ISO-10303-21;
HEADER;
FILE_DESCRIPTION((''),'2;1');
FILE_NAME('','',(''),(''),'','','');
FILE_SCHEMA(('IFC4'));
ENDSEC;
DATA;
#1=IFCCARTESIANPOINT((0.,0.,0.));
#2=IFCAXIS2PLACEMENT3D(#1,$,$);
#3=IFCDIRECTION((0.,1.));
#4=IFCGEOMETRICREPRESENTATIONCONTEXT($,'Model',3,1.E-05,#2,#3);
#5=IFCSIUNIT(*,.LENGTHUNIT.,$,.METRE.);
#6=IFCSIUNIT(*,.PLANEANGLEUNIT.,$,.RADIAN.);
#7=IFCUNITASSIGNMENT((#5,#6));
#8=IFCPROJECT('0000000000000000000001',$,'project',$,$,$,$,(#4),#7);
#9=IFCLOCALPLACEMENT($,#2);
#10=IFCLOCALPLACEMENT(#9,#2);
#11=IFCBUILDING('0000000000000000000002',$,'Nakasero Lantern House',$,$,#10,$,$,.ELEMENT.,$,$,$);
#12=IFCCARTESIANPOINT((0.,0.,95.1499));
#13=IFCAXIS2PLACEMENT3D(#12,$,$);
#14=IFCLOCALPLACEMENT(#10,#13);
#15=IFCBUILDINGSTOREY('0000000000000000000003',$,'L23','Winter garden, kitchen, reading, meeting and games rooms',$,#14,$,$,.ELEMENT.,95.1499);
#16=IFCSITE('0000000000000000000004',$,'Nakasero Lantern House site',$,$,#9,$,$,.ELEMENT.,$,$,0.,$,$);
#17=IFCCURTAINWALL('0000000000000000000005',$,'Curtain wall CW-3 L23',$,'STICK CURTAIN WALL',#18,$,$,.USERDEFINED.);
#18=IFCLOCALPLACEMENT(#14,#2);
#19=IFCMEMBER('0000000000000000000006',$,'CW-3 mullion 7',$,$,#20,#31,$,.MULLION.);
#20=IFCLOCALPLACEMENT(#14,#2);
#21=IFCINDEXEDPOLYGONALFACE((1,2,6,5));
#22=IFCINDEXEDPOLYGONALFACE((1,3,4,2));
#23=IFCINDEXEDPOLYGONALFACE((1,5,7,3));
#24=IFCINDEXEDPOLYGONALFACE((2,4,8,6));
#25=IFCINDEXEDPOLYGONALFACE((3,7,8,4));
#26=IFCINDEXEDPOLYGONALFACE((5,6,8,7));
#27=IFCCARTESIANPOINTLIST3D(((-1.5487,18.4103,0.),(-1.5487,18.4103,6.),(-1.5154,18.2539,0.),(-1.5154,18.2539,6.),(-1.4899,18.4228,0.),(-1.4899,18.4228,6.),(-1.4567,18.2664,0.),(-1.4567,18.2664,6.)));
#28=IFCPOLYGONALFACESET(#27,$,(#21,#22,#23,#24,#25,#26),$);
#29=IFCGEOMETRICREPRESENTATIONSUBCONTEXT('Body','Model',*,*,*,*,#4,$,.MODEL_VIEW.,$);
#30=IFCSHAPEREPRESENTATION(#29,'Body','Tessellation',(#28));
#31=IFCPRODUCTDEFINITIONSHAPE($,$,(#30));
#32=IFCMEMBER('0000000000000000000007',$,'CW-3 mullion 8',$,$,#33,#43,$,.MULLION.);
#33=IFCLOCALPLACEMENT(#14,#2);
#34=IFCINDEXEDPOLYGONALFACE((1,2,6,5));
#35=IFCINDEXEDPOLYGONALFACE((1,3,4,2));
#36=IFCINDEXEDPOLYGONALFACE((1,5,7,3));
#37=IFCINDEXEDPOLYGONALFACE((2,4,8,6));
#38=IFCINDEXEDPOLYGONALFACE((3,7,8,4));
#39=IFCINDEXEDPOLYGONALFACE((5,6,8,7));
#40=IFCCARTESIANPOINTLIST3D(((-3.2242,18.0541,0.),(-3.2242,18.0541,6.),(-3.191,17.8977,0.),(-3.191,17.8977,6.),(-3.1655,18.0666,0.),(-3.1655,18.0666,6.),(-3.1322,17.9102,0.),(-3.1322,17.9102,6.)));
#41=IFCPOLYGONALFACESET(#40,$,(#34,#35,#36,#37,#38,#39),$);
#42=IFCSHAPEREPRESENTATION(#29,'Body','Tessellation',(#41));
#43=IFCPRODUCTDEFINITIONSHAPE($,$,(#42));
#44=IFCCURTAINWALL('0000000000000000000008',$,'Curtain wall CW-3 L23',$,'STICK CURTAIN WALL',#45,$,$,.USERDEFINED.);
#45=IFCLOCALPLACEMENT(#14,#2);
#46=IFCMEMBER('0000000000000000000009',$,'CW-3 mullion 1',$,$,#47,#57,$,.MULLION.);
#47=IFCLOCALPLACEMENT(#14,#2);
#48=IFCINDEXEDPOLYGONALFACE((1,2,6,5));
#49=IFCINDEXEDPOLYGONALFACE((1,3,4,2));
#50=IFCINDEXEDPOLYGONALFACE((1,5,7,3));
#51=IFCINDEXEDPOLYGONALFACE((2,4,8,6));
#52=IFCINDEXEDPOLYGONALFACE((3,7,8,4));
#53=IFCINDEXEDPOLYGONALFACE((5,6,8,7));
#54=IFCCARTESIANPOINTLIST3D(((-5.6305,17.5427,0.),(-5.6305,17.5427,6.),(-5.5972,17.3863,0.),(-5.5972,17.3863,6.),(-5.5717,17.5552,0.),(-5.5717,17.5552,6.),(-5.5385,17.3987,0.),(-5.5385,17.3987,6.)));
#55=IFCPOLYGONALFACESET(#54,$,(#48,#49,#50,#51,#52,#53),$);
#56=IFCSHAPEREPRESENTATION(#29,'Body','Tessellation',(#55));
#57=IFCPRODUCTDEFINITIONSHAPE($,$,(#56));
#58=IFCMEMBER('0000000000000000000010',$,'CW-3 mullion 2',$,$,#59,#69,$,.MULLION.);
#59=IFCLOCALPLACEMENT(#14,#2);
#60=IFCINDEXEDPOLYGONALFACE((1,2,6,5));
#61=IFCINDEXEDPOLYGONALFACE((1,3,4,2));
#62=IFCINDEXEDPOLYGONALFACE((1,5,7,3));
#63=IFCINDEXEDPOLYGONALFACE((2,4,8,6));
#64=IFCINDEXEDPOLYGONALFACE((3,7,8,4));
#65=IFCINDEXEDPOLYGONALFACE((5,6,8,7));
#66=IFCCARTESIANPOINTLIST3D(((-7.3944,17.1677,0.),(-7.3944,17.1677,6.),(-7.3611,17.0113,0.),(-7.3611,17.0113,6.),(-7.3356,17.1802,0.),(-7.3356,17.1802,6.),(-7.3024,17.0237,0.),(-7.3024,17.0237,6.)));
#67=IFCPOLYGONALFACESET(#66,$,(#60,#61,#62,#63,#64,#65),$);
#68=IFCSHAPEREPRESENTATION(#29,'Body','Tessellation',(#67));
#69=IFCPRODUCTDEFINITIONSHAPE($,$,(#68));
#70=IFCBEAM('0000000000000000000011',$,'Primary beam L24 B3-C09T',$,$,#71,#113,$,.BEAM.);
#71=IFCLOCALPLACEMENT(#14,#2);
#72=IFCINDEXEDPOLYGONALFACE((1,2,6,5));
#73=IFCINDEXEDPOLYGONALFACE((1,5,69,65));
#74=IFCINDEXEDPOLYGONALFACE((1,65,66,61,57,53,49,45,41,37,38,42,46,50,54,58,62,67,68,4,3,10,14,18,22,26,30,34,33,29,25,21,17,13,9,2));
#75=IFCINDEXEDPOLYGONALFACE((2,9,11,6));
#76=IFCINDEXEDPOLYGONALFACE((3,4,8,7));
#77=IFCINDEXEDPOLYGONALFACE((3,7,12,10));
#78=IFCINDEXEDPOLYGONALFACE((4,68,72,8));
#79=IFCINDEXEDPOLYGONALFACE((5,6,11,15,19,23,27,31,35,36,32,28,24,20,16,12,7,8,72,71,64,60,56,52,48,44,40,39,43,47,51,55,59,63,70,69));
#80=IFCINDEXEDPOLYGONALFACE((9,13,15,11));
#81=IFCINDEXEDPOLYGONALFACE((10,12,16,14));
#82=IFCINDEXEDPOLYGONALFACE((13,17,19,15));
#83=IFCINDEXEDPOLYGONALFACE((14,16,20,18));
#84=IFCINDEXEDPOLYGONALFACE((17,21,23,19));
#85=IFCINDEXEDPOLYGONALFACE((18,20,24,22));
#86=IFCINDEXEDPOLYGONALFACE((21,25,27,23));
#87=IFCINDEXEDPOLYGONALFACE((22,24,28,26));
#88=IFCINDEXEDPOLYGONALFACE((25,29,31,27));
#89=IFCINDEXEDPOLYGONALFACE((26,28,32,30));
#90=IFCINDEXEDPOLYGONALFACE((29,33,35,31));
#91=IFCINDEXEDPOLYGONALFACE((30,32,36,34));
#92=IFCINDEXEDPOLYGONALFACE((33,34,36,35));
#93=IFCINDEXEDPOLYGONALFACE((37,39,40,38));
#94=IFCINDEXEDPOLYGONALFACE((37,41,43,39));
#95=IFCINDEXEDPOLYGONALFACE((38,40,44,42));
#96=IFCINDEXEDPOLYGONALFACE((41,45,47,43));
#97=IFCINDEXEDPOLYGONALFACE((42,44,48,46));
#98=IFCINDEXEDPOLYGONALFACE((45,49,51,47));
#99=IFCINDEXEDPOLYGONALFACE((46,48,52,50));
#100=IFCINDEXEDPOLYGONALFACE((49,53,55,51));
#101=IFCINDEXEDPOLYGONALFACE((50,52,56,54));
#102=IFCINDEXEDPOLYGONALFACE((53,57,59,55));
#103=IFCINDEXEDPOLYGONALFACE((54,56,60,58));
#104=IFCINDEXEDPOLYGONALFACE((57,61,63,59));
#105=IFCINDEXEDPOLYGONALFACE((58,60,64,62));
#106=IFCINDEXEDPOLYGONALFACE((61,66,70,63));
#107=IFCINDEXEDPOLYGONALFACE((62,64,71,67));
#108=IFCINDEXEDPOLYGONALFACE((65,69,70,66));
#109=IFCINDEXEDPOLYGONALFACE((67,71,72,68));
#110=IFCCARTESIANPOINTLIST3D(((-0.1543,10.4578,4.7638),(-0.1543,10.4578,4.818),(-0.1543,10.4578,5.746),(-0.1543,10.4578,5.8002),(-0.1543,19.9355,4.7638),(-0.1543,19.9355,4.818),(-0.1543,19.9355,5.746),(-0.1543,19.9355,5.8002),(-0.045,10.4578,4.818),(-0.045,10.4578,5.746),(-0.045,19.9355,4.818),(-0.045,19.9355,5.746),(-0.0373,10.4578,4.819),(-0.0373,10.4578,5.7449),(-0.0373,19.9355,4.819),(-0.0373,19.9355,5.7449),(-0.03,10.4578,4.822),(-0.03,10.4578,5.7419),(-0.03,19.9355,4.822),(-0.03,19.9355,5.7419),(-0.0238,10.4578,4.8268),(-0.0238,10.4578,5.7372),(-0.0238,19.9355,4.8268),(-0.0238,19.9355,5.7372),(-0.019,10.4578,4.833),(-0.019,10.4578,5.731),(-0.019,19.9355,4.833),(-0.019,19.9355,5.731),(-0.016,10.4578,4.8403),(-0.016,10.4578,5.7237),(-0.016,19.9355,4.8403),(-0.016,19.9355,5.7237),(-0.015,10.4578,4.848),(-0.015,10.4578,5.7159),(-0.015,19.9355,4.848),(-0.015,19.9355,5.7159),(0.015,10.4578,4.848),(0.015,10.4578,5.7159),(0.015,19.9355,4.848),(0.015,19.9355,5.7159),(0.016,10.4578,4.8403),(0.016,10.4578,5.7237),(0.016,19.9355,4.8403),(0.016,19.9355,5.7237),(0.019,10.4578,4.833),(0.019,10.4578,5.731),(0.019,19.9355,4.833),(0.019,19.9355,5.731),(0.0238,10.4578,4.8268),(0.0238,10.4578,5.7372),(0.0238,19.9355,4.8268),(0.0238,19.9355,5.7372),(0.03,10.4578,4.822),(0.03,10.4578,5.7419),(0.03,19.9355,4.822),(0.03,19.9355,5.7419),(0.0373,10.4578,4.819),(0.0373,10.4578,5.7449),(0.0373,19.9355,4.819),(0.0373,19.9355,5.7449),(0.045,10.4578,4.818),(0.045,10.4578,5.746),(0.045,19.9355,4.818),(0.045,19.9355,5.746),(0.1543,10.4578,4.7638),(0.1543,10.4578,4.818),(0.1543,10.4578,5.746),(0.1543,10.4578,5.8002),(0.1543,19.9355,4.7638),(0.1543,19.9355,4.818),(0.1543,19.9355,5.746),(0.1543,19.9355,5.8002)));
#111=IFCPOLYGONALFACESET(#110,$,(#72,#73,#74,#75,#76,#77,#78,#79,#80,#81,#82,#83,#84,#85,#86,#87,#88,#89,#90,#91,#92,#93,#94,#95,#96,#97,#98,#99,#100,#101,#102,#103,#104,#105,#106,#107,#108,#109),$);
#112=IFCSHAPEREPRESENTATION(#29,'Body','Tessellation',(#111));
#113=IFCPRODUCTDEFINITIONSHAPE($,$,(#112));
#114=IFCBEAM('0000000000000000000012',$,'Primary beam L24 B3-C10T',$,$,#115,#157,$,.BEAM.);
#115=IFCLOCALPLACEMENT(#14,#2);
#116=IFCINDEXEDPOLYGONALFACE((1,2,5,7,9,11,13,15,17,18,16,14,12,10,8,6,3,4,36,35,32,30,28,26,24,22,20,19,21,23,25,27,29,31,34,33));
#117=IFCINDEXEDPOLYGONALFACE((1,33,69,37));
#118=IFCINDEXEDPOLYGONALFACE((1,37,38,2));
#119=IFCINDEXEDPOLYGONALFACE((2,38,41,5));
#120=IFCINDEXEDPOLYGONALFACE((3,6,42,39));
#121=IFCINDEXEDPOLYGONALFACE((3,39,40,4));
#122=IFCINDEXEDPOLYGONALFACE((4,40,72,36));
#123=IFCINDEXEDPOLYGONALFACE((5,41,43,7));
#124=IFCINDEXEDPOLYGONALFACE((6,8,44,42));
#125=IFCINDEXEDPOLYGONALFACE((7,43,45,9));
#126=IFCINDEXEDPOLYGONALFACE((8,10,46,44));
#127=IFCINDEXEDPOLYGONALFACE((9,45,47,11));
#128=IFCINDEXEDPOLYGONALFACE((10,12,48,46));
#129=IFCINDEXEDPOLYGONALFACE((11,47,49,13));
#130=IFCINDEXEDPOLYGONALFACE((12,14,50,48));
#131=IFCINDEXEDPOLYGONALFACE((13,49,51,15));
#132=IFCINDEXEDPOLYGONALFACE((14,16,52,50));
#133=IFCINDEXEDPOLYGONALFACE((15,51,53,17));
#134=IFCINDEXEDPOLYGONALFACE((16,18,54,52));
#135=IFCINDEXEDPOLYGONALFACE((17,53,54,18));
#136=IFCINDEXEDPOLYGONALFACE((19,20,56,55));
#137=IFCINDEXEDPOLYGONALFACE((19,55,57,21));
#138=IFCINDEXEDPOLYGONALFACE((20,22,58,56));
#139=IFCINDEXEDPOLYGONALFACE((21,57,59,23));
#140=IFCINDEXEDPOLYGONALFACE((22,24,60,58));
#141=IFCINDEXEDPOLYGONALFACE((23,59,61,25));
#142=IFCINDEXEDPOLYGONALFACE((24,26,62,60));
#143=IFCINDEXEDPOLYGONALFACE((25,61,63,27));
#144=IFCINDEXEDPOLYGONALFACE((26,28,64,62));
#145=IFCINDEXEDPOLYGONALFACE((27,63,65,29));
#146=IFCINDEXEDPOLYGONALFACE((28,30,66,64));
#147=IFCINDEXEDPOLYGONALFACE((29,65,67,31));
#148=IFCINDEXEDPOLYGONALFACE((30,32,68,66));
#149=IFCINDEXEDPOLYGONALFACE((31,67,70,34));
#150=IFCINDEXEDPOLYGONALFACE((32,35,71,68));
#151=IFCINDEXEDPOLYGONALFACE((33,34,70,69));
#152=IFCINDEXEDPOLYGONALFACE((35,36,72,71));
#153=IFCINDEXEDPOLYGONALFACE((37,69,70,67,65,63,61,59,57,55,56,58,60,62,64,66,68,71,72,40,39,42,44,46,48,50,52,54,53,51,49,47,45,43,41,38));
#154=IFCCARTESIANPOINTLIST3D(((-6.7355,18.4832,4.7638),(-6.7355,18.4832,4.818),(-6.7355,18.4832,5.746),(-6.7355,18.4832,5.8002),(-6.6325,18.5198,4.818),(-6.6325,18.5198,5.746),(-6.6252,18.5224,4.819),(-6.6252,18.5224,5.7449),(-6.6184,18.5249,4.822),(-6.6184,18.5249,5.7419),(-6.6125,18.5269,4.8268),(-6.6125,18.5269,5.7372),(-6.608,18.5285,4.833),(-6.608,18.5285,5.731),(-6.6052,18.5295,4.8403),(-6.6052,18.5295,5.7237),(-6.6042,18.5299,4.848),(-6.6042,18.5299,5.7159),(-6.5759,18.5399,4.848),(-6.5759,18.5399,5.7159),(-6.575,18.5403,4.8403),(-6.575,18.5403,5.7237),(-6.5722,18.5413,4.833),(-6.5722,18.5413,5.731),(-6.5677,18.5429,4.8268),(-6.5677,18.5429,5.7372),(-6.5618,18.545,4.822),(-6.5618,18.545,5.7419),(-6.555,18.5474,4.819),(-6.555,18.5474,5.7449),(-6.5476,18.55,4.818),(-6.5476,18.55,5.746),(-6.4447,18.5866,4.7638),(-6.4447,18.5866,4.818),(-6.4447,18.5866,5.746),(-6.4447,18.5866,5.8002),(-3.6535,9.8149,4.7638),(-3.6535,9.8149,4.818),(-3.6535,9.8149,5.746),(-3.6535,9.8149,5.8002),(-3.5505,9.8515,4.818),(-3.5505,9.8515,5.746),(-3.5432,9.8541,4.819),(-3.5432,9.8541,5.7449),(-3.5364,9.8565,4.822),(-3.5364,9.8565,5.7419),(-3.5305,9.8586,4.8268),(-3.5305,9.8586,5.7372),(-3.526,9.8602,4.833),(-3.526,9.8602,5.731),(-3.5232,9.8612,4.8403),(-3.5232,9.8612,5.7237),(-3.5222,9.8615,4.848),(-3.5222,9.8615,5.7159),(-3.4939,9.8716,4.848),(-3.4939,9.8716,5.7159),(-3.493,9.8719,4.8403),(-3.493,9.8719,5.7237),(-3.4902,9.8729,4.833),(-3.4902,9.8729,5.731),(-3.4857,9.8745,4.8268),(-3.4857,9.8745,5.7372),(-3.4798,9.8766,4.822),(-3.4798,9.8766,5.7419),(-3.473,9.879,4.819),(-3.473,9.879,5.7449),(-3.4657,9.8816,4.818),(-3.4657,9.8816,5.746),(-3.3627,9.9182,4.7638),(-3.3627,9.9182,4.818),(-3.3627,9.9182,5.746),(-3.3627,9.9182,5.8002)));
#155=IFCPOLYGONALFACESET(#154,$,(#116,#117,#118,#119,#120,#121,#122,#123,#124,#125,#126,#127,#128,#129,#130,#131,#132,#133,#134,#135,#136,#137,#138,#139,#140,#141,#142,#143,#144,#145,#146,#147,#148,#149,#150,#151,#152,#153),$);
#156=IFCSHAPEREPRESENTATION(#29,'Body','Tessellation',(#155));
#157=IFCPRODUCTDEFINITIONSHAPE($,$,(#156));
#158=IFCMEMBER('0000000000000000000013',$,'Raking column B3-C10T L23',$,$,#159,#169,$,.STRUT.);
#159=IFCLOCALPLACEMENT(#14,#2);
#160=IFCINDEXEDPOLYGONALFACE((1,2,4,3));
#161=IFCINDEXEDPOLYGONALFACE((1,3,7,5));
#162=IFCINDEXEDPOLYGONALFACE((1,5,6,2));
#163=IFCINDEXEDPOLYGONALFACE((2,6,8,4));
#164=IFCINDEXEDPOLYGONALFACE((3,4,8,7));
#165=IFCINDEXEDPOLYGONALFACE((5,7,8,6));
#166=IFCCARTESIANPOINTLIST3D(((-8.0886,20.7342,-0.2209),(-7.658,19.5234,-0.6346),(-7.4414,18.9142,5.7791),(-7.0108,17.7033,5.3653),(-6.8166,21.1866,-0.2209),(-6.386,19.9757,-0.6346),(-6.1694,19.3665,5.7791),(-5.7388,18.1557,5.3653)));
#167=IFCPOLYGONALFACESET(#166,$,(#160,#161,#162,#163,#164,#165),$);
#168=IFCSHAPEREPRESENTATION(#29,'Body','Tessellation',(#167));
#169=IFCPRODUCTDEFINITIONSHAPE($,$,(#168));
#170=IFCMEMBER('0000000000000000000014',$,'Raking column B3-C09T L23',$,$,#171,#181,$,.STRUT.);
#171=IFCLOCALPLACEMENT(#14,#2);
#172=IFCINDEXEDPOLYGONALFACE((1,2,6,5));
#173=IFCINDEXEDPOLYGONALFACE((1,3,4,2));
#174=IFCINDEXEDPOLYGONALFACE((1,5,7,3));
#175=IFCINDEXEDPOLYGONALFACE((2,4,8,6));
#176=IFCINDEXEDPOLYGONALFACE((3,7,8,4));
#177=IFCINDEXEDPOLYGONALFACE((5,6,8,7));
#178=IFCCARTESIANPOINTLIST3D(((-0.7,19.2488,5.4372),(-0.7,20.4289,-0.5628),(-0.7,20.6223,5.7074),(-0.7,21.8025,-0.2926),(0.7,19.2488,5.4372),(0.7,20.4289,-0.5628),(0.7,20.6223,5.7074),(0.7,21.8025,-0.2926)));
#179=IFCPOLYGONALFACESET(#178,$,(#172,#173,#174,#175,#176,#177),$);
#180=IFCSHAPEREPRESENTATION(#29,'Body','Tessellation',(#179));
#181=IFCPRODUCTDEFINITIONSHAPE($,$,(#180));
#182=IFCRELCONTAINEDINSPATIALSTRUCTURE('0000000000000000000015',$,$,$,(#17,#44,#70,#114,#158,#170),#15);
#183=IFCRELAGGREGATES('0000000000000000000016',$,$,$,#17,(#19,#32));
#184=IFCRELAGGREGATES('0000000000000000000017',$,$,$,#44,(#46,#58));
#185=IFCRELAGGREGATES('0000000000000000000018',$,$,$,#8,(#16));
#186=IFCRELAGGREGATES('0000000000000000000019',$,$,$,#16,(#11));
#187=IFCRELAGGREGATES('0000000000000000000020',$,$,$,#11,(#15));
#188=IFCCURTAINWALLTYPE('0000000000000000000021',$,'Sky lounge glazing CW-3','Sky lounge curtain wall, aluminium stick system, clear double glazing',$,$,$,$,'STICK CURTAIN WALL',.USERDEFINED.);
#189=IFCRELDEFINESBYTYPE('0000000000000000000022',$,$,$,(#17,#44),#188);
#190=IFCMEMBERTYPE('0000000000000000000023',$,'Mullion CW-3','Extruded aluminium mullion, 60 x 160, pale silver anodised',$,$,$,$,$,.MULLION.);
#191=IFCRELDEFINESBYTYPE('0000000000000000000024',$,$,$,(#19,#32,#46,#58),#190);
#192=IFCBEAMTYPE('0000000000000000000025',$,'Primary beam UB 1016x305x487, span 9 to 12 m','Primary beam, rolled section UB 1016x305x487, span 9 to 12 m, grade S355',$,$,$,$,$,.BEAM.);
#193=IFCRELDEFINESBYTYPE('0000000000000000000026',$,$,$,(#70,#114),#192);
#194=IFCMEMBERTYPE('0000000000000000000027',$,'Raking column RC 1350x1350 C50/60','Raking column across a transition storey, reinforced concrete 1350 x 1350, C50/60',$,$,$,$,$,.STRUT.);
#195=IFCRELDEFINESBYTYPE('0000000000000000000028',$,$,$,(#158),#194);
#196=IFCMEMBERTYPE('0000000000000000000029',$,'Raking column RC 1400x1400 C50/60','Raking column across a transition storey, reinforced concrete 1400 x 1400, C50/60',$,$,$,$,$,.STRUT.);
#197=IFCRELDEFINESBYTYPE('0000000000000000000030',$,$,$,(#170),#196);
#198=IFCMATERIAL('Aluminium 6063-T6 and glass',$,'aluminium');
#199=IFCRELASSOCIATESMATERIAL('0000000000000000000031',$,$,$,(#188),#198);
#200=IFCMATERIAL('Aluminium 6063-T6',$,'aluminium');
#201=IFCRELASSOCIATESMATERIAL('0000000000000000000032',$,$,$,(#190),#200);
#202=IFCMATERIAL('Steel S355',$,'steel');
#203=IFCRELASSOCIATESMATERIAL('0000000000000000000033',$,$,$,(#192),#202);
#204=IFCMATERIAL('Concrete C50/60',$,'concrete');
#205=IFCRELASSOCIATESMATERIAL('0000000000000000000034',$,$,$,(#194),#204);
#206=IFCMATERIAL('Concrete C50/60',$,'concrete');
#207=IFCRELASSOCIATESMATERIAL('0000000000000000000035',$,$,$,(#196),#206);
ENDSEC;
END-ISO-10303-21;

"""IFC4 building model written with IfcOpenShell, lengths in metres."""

from ifc_helpers import new_model, si_unit, direction, frame, origin, origin_2d, place, context, subcontext, project, spatial, rectangle, i_section, extrude, material, material_profile, profile_set, type_object, element, aggregate, save


model = new_model("IFC4")

# Units and contexts
model_context = context("Model", 3, precision=1e-05, world=origin(), true_north=direction((0.0, 1.0)))
body_context = subcontext(model_context, "Body", "Model", "MODEL_VIEW")
ifc_project = project(units=[si_unit("LENGTHUNIT", "METRE"), si_unit("PLANEANGLEUNIT", "RADIAN")], contexts=[model_context])

# Site, building, storey
site_placement = place(None, origin())
site = spatial("IfcSite", under=ifc_project, at=site_placement, Name="Nakasero Lantern House site", CompositionType="ELEMENT", RefElevation=0.0)
building_placement = place(site_placement, origin())
building = spatial("IfcBuilding", under=site, at=building_placement, Name="Nakasero Lantern House", CompositionType="ELEMENT")
storey_placement = place(building_placement, frame((0.0, 0.0, 95.1499)))
storey = spatial("IfcBuildingStorey", under=building, at=storey_placement, Name="L23", Description="Winter garden, kitchen, reading, meeting and games rooms", CompositionType="ELEMENT", Elevation=95.1499)

# Curtain walls, members
ifc_material_1 = material(Name="Aluminium 6063-T6 and glass", Category="aluminium")
curtain_wall_type = type_object("IfcCurtainWallType", Name="Sky lounge glazing CW-3", Description="Sky lounge curtain wall, aluminium stick system, clear double glazing", ElementType="STICK CURTAIN WALL", PredefinedType="USERDEFINED", material=ifc_material_1)
curtain_wall_1_placement = place(storey_placement, origin())
curtain_wall_1 = element("IfcCurtainWall", 1, at=curtain_wall_1_placement, inside=storey, type_object=curtain_wall_type, Name="Curtain wall CW-3 L23", ObjectType="STICK CURTAIN WALL", PredefinedType="USERDEFINED")
ifc_material_2 = material(Name="Aluminium 6063-T6", Category="aluminium")
ifc_material_profile_1 = material_profile(ifc_material_2, rectangle(XDim=0.0601, YDim=0.1599, at=origin_2d()), Name="CW-3 mullion 60x160")
ifc_profile_set_1 = profile_set([ifc_material_profile_1], Name="Aluminium 6063-T6")
member_type_1 = type_object("IfcMemberType", Name="Mullion CW-3", Description="Extruded aluminium mullion, 60 x 160, pale silver anodised", PredefinedType="MULLION", material=ifc_profile_set_1)
member_1_placement = place(storey_placement, frame((-1.5027, 18.3384, 0.0), z_axis=(0.0, 0.0, 1.0), x_axis=(-0.978148, -0.207912, 0.0)))
member_1 = element("IfcMember", 2, at=member_1_placement, type_object=member_type_1, Name="CW-3 mullion 7", PredefinedType="MULLION", context=body_context, shape_type="SweptSolid", body=[
    extrude(rectangle(XDim=0.0601, YDim=0.1599, at=origin_2d()), origin(), (0.0, 0.0, 1.0), 6.0),
])
member_2_placement = place(storey_placement, frame((-3.1782, 17.9822, 0.0), z_axis=(0.0, 0.0, 1.0), x_axis=(-0.978148, -0.207912, 0.0)))
member_2 = element("IfcMember", 3, at=member_2_placement, type_object=member_type_1, Name="CW-3 mullion 8", PredefinedType="MULLION", context=body_context, shape_type="SweptSolid", body=[
    extrude(rectangle(XDim=0.0601, YDim=0.1599, at=origin_2d()), origin(), (0.0, 0.0, 1.0), 6.0),
])
curtain_wall_2_placement = place(storey_placement, origin())
curtain_wall_2 = element("IfcCurtainWall", 4, at=curtain_wall_2_placement, inside=storey, type_object=curtain_wall_type, Name="Curtain wall CW-3 L23", ObjectType="STICK CURTAIN WALL", PredefinedType="USERDEFINED")
member_3_placement = place(storey_placement, frame((-5.5845, 17.4707, 0.0), z_axis=(0.0, 0.0, 1.0), x_axis=(-0.978148, -0.207912, 0.0)))
member_3 = element("IfcMember", 5, at=member_3_placement, type_object=member_type_1, Name="CW-3 mullion 1", PredefinedType="MULLION", context=body_context, shape_type="SweptSolid", body=[
    extrude(rectangle(XDim=0.0601, YDim=0.1599, at=origin_2d()), origin(), (0.0, 0.0, 1.0), 6.0),
])
member_4_placement = place(storey_placement, frame((-7.3484, 17.0957, 0.0), z_axis=(0.0, 0.0, 1.0), x_axis=(-0.978148, -0.207912, 0.0)))
member_4 = element("IfcMember", 6, at=member_4_placement, type_object=member_type_1, Name="CW-3 mullion 2", PredefinedType="MULLION", context=body_context, shape_type="SweptSolid", body=[
    extrude(rectangle(XDim=0.0601, YDim=0.1599, at=origin_2d()), origin(), (0.0, 0.0, 1.0), 6.0),
])

# Beams
ifc_material_3 = material(Name="Steel S355", Category="steel")
ifc_material_profile_2 = material_profile(ifc_material_3, i_section(OverallWidth=0.3086, OverallDepth=1.0364, WebThickness=0.03, FlangeThickness=0.0542, FilletRadius=0.03, at=origin_2d()), Name="UB 1016x305x487")
ifc_profile_set_2 = profile_set([ifc_material_profile_2], Name="Steel S355")
beam_type = type_object("IfcBeamType", Name="Primary beam UB 1016x305x487, span 9 to 12 m", Description="Primary beam, rolled section UB 1016x305x487, span 9 to 12 m, grade S355", PredefinedType="BEAM", material=ifc_profile_set_2)
beam_1_placement = place(storey_placement, frame((0.0, 19.9355, 5.282), z_axis=(0.0, -1.0, 0.0), x_axis=(1.0, 0.0, 0.0)))
element("IfcBeam", 7, at=beam_1_placement, inside=storey, type_object=beam_type, Name="Primary beam L24 B3-C09T", PredefinedType="BEAM", context=body_context, shape_type="SweptSolid", body=[
    extrude(i_section(OverallWidth=0.3086, OverallDepth=1.0364, WebThickness=0.03, FlangeThickness=0.0542, FilletRadius=0.03, at=origin_2d()), origin(), (0.0, 0.0, 1.0), 9.4778),
])
beam_2_placement = place(storey_placement, frame((-6.5901, 18.5349, 5.282), z_axis=(0.335001, -0.942218, 0.0), x_axis=(0.942218, 0.335001, 0.0)))
element("IfcBeam", 8, at=beam_2_placement, inside=storey, type_object=beam_type, Name="Primary beam L24 B3-C10T", PredefinedType="BEAM", context=body_context, shape_type="SweptSolid", body=[
    extrude(i_section(OverallWidth=0.3086, OverallDepth=1.0364, WebThickness=0.03, FlangeThickness=0.0542, FilletRadius=0.03, at=origin_2d()), origin(), (0.0, 0.0, 1.0), 9.2),
])

# Members
ifc_material_4 = material(Name="Concrete C50/60", Category="concrete")
ifc_material_profile_3 = material_profile(ifc_material_4, rectangle(XDim=1.3501, YDim=1.3501, at=origin_2d()), Name="RC 1350x1350")
ifc_profile_set_3 = profile_set([ifc_material_profile_3], Name="Concrete C50/60")
member_type_2 = type_object("IfcMemberType", Name="Raking column RC 1350x1350 C50/60", Description="Raking column across a transition storey, reinforced concrete 1350 x 1350, C50/60", PredefinedType="STRUT", material=ifc_profile_set_3)
member_5_placement = place(storey_placement, frame((-7.2373, 20.355, -0.4277), z_axis=(0.102679, -0.288749, 0.951883), x_axis=(0.942201, 0.335047, 0.0)))
element("IfcMember", 9, at=member_5_placement, inside=storey, type_object=member_type_2, Name="Raking column B3-C10T L23", PredefinedType="STRUT", context=body_context, shape_type="SweptSolid", body=[
    extrude(rectangle(XDim=1.3501, YDim=1.3501, at=origin_2d()), origin(), (0.0, 0.0, 1.0), 6.3032),
])
ifc_material_5 = material(Name="Concrete C50/60", Category="concrete")
ifc_material_profile_4 = material_profile(ifc_material_5, rectangle(XDim=1.3999, YDim=1.3999, at=origin_2d()), Name="RC 1400x1400")
ifc_profile_set_4 = profile_set([ifc_material_profile_4], Name="Concrete C50/60")
member_type_3 = type_object("IfcMemberType", Name="Raking column RC 1400x1400 C50/60", Description="Raking column across a transition storey, reinforced concrete 1400 x 1400, C50/60", PredefinedType="STRUT", material=ifc_profile_set_4)
member_6_placement = place(storey_placement, frame((0.0, 21.1157, -0.4277), z_axis=(0.0, -0.192998, 0.981199), x_axis=(1.0, 0.0, 0.0)))
element("IfcMember", 10, at=member_6_placement, inside=storey, type_object=member_type_3, Name="Raking column B3-C09T L23", PredefinedType="STRUT", context=body_context, shape_type="SweptSolid", body=[
    extrude(rectangle(XDim=1.3999, YDim=1.3999, at=origin_2d()), origin(), (0.0, 0.0, 1.0), 6.115),
])

aggregate(curtain_wall_1, [member_1, member_2])
aggregate(curtain_wall_2, [member_3, member_4])

save(model, "model.ifc")
